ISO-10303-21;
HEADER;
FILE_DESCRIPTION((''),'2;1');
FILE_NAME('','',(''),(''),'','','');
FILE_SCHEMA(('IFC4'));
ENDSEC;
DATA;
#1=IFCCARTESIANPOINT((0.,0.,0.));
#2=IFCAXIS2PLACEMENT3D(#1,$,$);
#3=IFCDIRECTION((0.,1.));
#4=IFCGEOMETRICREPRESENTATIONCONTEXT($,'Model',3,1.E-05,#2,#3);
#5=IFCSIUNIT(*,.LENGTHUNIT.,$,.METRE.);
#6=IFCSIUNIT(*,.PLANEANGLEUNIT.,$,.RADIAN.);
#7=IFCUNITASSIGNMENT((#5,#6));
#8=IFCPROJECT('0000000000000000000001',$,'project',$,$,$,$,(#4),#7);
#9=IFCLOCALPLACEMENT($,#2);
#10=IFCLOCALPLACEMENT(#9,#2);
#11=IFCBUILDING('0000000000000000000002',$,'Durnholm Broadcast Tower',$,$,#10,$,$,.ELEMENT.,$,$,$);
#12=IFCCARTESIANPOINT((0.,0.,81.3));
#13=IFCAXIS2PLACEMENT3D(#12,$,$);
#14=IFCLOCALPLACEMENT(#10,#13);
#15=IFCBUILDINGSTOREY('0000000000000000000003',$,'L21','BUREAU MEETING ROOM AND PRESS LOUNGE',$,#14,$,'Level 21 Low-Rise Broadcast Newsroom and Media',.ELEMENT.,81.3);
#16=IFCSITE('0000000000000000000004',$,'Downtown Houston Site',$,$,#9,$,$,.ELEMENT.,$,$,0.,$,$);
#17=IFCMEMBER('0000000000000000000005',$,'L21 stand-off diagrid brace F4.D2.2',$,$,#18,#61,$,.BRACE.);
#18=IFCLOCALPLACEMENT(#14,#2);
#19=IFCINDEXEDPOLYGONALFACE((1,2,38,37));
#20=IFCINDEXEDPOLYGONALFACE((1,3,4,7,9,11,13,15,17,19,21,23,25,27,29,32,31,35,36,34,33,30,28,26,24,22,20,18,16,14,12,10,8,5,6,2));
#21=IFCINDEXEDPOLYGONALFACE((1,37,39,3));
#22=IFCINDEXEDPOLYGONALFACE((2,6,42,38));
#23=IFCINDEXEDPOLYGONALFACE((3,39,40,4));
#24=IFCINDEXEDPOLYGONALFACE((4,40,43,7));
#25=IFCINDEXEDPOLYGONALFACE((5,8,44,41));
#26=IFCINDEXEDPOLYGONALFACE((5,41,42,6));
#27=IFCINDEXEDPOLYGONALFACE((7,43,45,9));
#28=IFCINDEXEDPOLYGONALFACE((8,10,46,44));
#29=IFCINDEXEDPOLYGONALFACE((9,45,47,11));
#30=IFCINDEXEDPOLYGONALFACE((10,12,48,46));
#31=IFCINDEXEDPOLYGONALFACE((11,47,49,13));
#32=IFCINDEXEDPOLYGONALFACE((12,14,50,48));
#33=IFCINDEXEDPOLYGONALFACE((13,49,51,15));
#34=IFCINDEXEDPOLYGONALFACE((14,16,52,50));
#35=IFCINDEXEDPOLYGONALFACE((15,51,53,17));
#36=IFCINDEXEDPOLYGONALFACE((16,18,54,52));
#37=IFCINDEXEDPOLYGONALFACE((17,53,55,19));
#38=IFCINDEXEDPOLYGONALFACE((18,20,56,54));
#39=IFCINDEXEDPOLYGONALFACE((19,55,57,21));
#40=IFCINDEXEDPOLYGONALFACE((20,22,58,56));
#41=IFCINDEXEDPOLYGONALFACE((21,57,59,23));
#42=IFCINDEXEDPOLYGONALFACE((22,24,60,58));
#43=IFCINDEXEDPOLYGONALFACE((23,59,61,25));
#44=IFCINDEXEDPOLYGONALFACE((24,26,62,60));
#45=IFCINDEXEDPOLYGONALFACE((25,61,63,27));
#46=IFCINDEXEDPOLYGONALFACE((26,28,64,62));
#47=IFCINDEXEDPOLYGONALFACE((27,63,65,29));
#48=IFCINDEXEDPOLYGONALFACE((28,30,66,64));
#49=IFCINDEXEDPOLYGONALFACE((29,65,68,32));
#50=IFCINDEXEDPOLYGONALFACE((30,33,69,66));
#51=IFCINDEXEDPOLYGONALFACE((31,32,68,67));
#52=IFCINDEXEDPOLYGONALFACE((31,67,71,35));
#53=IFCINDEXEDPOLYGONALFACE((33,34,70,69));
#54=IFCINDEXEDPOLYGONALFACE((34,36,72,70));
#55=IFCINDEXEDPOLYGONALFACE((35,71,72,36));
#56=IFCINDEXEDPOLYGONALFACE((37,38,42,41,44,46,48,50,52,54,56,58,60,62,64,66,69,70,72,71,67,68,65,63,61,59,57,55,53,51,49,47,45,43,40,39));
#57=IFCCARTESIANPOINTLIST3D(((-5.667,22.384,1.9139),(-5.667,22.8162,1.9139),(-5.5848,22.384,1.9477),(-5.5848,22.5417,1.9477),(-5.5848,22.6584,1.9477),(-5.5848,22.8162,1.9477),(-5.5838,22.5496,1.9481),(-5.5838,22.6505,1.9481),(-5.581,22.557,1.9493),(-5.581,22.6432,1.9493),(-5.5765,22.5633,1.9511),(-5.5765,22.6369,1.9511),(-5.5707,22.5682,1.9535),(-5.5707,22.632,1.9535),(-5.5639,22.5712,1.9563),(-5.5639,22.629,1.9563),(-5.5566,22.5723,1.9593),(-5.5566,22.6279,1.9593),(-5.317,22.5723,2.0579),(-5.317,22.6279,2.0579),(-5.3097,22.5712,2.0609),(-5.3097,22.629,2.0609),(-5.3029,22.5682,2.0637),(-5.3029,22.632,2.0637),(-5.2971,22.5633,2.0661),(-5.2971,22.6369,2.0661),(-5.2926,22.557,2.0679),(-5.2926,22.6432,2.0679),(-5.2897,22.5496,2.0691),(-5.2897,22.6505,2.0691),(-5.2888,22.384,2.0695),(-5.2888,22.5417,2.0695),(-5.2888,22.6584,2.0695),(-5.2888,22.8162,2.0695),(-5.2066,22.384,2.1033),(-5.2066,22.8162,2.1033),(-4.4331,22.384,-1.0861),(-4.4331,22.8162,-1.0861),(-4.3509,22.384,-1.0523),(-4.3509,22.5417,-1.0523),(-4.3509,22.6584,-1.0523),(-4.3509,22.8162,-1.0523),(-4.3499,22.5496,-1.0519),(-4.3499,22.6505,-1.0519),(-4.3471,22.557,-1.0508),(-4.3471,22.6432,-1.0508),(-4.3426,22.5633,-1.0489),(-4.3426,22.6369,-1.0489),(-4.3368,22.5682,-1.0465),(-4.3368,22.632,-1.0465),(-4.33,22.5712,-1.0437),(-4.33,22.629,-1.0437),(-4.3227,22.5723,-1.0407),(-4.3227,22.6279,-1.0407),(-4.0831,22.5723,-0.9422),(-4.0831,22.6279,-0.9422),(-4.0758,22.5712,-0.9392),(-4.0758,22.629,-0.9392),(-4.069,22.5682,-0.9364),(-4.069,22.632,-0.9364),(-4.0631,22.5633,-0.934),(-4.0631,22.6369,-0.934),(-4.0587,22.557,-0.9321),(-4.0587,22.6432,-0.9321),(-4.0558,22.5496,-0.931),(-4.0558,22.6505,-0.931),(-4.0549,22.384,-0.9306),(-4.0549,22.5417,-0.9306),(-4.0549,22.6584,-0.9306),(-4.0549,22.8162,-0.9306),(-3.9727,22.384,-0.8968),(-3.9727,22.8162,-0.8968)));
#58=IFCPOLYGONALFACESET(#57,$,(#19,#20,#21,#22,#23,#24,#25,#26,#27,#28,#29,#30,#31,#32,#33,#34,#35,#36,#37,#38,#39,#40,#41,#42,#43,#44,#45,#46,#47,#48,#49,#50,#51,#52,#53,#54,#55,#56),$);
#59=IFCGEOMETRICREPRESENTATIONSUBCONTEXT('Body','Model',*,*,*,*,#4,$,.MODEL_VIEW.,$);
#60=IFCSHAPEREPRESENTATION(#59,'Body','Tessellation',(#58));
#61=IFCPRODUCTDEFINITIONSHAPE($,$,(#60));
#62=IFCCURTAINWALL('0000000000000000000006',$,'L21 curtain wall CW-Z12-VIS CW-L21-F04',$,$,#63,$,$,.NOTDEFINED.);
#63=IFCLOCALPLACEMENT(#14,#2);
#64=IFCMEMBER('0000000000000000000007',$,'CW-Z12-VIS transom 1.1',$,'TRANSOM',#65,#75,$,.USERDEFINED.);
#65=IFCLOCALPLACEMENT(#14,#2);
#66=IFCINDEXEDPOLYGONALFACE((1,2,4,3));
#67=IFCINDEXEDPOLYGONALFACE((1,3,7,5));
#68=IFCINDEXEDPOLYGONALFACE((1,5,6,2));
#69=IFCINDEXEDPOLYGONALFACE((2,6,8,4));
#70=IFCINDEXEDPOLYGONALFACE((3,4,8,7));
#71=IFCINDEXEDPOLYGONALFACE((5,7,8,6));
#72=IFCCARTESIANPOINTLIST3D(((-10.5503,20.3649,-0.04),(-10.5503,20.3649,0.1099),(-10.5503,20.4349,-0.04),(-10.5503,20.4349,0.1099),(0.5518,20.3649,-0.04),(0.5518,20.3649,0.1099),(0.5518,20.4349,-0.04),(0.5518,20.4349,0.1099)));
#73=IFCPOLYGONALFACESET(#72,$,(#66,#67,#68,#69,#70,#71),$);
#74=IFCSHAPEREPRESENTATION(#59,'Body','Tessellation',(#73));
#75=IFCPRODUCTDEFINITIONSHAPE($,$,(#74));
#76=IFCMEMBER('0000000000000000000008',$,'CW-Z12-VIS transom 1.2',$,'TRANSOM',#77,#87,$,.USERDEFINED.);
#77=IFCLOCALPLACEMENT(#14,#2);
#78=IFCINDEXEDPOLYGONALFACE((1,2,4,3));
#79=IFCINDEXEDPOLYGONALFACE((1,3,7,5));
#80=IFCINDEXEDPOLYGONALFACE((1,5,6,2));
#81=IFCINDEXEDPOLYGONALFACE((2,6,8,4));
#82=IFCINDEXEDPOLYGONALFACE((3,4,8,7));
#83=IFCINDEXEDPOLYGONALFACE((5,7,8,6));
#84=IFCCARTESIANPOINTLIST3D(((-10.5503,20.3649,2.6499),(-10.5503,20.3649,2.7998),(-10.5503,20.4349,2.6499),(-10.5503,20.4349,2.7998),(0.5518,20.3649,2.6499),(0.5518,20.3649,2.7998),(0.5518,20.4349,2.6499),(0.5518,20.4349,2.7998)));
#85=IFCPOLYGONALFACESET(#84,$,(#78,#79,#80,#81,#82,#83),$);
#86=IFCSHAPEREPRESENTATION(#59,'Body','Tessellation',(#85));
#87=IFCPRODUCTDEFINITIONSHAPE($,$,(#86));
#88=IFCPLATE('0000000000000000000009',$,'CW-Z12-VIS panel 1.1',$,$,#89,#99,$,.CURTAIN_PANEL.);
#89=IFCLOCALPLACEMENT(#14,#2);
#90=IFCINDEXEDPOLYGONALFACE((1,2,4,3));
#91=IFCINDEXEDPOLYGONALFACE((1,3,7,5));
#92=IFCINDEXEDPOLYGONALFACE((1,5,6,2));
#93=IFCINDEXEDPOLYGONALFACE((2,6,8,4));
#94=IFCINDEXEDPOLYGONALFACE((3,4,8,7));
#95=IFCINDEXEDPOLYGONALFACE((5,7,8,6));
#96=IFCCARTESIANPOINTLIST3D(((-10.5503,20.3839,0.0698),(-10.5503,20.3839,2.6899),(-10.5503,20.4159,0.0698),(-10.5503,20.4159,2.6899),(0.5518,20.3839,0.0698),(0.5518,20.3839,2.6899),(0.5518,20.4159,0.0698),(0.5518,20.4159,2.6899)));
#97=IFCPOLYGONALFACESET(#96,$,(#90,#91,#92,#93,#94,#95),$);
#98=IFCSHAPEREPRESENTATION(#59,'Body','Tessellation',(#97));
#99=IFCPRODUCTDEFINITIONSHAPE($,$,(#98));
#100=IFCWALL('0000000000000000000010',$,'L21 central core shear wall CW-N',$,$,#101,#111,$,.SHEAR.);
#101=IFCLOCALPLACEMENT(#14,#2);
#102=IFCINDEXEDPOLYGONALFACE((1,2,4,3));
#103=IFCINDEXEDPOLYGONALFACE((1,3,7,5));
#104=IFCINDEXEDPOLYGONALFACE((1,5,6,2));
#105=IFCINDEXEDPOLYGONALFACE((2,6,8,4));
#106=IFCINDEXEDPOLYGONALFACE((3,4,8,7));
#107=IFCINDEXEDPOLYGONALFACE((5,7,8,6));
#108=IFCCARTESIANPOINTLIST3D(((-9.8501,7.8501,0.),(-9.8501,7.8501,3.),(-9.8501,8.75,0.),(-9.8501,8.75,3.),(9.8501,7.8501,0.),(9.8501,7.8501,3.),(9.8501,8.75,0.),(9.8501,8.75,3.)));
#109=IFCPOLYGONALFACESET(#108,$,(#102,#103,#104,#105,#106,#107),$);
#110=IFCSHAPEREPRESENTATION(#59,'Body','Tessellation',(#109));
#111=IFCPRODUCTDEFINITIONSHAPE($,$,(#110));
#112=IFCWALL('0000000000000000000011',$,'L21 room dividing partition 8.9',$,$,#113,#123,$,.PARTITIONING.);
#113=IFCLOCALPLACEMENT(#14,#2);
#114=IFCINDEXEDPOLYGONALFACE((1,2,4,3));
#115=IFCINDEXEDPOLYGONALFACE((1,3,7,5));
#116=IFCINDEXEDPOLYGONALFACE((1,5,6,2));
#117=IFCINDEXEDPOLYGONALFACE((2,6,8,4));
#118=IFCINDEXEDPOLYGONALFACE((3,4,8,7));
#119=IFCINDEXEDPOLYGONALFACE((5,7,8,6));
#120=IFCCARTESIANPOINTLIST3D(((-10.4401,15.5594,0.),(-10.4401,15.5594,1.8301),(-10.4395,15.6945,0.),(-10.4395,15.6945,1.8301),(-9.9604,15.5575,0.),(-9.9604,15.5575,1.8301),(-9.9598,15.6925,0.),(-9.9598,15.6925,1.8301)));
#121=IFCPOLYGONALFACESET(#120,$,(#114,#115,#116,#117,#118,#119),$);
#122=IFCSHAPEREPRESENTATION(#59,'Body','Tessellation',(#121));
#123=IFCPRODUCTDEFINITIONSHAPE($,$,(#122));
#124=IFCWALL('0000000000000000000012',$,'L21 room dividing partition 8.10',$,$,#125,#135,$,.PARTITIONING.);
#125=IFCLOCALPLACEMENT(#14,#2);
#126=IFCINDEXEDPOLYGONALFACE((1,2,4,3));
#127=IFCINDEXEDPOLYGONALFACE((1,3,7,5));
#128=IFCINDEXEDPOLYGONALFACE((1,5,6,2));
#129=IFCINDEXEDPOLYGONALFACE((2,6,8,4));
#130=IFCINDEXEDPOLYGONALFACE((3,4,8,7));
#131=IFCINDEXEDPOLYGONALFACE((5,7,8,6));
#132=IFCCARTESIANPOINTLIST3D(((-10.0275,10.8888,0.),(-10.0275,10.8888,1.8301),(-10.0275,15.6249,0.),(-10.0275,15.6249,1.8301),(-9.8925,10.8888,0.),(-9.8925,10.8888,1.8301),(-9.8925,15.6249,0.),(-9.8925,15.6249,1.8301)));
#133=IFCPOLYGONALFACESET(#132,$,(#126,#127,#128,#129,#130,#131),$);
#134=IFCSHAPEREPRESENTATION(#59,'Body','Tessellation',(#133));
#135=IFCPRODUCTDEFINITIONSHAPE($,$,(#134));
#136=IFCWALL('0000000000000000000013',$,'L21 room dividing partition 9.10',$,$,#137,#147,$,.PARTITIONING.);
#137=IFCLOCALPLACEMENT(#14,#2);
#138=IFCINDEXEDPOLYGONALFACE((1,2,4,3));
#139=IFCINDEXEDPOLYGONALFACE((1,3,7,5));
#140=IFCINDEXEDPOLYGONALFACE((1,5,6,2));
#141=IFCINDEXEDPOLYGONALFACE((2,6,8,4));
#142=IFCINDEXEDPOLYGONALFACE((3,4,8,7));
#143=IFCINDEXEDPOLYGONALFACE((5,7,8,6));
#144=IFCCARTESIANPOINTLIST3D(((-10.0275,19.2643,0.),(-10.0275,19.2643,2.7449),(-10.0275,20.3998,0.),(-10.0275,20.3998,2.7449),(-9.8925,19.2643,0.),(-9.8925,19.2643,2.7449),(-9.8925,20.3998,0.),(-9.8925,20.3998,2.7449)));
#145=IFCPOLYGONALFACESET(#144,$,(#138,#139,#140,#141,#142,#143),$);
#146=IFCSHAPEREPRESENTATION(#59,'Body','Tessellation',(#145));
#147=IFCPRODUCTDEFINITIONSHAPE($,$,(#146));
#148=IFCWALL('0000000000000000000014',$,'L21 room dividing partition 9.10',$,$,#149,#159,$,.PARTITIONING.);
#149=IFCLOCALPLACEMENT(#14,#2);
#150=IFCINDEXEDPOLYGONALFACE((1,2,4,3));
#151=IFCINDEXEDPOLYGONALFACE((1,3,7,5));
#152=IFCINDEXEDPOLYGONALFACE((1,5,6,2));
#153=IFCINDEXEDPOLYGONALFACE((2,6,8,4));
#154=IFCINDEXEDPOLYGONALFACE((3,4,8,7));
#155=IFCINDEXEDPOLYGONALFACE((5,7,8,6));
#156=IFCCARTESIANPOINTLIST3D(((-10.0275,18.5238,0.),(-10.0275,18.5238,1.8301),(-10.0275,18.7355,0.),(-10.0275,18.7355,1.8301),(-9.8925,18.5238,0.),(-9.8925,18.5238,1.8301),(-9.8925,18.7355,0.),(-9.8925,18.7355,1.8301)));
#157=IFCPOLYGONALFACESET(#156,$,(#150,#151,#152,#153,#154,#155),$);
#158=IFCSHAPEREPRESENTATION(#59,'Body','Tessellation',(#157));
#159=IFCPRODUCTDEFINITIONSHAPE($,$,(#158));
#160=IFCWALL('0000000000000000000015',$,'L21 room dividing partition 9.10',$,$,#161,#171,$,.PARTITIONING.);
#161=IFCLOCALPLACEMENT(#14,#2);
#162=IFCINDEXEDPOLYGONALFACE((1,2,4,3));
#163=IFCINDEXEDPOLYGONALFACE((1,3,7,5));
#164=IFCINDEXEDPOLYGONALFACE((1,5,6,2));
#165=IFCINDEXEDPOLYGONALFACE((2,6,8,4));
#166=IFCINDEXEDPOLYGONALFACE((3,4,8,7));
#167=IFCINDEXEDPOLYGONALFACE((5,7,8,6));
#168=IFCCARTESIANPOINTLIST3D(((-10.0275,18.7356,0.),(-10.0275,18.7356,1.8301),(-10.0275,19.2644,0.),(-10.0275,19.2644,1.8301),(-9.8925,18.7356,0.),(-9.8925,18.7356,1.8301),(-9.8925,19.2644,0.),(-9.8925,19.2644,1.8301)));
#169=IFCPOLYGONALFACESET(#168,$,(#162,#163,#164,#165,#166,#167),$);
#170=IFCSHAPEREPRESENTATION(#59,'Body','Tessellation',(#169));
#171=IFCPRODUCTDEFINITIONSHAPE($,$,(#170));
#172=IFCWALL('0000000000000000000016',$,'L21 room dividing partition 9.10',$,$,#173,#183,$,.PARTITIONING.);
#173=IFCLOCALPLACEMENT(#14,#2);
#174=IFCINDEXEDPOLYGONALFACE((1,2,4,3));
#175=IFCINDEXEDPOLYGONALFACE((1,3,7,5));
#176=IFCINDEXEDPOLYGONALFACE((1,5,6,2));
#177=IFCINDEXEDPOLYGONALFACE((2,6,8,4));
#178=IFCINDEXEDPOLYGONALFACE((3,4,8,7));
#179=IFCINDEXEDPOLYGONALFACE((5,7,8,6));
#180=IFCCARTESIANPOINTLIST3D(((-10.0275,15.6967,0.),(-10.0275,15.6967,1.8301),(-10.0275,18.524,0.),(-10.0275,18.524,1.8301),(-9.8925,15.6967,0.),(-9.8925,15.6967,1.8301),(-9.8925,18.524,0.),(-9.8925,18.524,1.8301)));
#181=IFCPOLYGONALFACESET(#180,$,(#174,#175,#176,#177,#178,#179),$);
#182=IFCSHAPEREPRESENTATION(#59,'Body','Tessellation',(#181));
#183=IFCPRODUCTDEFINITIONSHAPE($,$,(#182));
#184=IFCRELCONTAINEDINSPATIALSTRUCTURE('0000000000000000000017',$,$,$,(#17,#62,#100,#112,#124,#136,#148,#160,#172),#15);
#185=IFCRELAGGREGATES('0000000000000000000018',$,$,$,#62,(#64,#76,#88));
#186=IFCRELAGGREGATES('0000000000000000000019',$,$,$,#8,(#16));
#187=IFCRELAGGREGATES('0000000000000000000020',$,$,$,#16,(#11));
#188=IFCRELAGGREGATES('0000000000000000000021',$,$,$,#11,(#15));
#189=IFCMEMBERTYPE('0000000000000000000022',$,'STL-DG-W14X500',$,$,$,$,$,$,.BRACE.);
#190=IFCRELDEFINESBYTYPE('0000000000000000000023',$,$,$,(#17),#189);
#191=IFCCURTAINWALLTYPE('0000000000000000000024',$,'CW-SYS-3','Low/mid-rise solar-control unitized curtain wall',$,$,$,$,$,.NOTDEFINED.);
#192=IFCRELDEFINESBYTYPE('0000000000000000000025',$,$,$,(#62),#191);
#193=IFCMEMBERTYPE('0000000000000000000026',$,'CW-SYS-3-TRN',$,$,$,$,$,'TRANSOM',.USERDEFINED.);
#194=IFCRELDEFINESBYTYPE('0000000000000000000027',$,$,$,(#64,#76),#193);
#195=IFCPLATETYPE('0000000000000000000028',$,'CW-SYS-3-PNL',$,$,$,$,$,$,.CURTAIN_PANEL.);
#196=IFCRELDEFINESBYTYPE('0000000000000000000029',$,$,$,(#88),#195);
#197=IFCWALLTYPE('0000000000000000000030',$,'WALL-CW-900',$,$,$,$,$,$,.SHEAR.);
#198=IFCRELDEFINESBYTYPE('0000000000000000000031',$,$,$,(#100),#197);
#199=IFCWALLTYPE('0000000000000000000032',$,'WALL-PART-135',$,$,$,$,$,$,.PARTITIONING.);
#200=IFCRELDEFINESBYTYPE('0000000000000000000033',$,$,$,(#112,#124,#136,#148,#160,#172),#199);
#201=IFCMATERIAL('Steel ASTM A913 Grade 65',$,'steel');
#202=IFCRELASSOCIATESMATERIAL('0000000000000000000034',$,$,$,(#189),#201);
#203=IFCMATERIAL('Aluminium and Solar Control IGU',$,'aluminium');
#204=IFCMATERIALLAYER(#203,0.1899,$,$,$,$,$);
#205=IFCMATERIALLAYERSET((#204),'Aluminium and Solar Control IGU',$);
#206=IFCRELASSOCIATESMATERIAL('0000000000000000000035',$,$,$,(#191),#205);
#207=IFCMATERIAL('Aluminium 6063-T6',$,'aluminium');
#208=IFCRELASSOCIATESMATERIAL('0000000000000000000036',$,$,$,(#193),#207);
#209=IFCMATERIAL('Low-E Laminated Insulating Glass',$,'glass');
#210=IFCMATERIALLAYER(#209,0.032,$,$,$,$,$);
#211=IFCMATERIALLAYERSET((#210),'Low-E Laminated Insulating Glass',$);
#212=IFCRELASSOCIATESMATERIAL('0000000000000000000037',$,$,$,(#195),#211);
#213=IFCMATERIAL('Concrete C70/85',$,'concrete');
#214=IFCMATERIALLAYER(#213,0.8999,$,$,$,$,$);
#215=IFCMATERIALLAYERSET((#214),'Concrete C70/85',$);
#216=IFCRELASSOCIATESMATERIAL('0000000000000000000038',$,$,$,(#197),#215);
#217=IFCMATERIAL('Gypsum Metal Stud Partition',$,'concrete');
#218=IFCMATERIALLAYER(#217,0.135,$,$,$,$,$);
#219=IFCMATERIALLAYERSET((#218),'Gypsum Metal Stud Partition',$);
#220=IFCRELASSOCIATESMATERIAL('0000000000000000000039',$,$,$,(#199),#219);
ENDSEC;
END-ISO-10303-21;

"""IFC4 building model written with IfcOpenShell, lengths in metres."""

from ifc_helpers import new_model, si_unit, direction, frame, frame_2d, origin, origin_2d, place, context, subcontext, project, spatial, rectangle, i_section, extrude, source, transform, mapped, material, layer, layer_set, material_profile, profile_set, type_object, type_shapes, element, aggregate, save


model = new_model("IFC4")

# Units and contexts
model_context = context("Model", 3, precision=1e-05, world=origin(), true_north=direction((0.0, 1.0)))
body_context = subcontext(model_context, "Body", "Model", "MODEL_VIEW")
ifc_project = project(units=[si_unit("LENGTHUNIT", "METRE"), si_unit("PLANEANGLEUNIT", "RADIAN")], contexts=[model_context])

# Site, building, storey
site_placement = place(None, origin())
site = spatial("IfcSite", under=ifc_project, at=site_placement, Name="Downtown Houston Site", CompositionType="ELEMENT", RefElevation=0.0)
building_placement = place(site_placement, origin())
building = spatial("IfcBuilding", under=site, at=building_placement, Name="Durnholm Broadcast Tower", CompositionType="ELEMENT")
storey_placement = place(building_placement, frame((0.0, 0.0, 81.3)))
storey = spatial("IfcBuildingStorey", under=building, at=storey_placement, Name="L21", Description="BUREAU MEETING ROOM AND PRESS LOUNGE", LongName="Level 21 Low-Rise Broadcast Newsroom and Media", CompositionType="ELEMENT", Elevation=81.3)

# Shared definitions
ifc_material_1 = material(Name="Concrete C70/85", Category="concrete")

# Member
ifc_material_2 = material(Name="Steel ASTM A913 Grade 65", Category="steel")
ifc_material_profile_1 = material_profile(ifc_material_2, i_section(OverallWidth=0.4321, OverallDepth=0.4978, WebThickness=0.0557, FlangeThickness=0.0889, FilletRadius=0.0305, at=origin_2d()), Name="W14X500")
ifc_profile_set_1 = profile_set([ifc_material_profile_1], Name="Steel ASTM A913 Grade 65")
member_type_1 = type_object("IfcMemberType", Name="STL-DG-W14X500", PredefinedType="BRACE", material=ifc_profile_set_1)
shared_shape_1 = source(origin(), body_context, "Body", "SweptSolid", [
    extrude(i_section(OverallWidth=0.4321, OverallDepth=0.4978, WebThickness=0.0557, FlangeThickness=0.0889, FilletRadius=0.0305, at=origin_2d()), origin(), (0.0, 0.0, 1.0), 3.2439),
])
type_shapes(member_type_1, [shared_shape_1])
for number, where, z_axis, x_axis, name in (
    (1, (-4.2029, 22.6001, -0.9915), (-0.380379, 0.0, 0.924831), (0.0, -1.0, 0.0), "L21 stand-off diagrid brace F4.D2.2"),
):
    element("IfcMember", number, at=place(storey_placement, frame(where, z_axis=z_axis, x_axis=x_axis)), inside=storey, type_object=member_type_1, Name=name, PredefinedType="BRACE", context=body_context, shape_type="MappedRepresentation", body=[
        mapped(shared_shape_1, transform((0.0, 0.0, 0.0), x_axis=(1.0, 0.0, 0.0), y_axis=(0.0, 1.0, 0.0), z_axis=(0.0, 0.0, 1.0), scale=1.0)),
    ])

# Curtain wall, members, plate
ifc_material_3 = material(Name="Aluminium and Solar Control IGU", Category="aluminium")
ifc_layer_1 = layer(ifc_material_3, 0.1899)
ifc_layer_set_1 = layer_set([ifc_layer_1], Name="Aluminium and Solar Control IGU")
curtain_wall_type = type_object("IfcCurtainWallType", Name="CW-SYS-3", Description="Low/mid-rise solar-control unitized curtain wall", PredefinedType="NOTDEFINED", material=ifc_layer_set_1)
curtain_wall_placement = place(storey_placement, origin())
curtain_wall = element("IfcCurtainWall", 2, at=curtain_wall_placement, inside=storey, type_object=curtain_wall_type, Name="L21 curtain wall CW-Z12-VIS CW-L21-F04", PredefinedType="NOTDEFINED")
ifc_material_4 = material(Name="Aluminium 6063-T6", Category="aluminium")
ifc_material_profile_2 = material_profile(ifc_material_4, rectangle(XDim=0.0701, YDim=0.1499, at=origin_2d()), Name="CWT70X150")
ifc_profile_set_2 = profile_set([ifc_material_profile_2], Name="Aluminium 6063-T6")
member_type_2 = type_object("IfcMemberType", Name="CW-SYS-3-TRN", ElementType="TRANSOM", PredefinedType="USERDEFINED", material=ifc_profile_set_2)
shared_shape_2 = source(origin(), body_context, "Body", "SweptSolid", [
    extrude(rectangle(XDim=0.0701, YDim=0.1499, at=origin_2d()), origin(), (0.0, 0.0, 1.0), 11.1021),
])
type_shapes(member_type_2, [shared_shape_2])
member_1_placement = place(storey_placement, frame((-10.5503, 20.3999, 0.0349), z_axis=(1.0, 0.0, 0.0), x_axis=(0.0, 1.0, 0.0)))
member_1 = element("IfcMember", 3, at=member_1_placement, type_object=member_type_2, Name="CW-Z12-VIS transom 1.1", ObjectType="TRANSOM", PredefinedType="USERDEFINED", context=body_context, shape_type="MappedRepresentation", body=[
    mapped(shared_shape_2, transform((0.0, 0.0, 0.0), x_axis=(1.0, 0.0, 0.0), y_axis=(0.0, 1.0, 0.0), z_axis=(0.0, 0.0, 1.0), scale=1.0)),
])
member_2_placement = place(storey_placement, frame((-10.5503, 20.3999, 2.7249), z_axis=(1.0, 0.0, 0.0), x_axis=(0.0, 1.0, 0.0)))
member_2 = element("IfcMember", 4, at=member_2_placement, type_object=member_type_2, Name="CW-Z12-VIS transom 1.2", ObjectType="TRANSOM", PredefinedType="USERDEFINED", context=body_context, shape_type="MappedRepresentation", body=[
    mapped(shared_shape_2, transform((0.0, 0.0, 0.0), x_axis=(1.0, 0.0, 0.0), y_axis=(0.0, 1.0, 0.0), z_axis=(0.0, 0.0, 1.0), scale=1.0)),
])
ifc_material_5 = material(Name="Low-E Laminated Insulating Glass", Category="glass")
ifc_layer_2 = layer(ifc_material_5, 0.032)
ifc_layer_set_2 = layer_set([ifc_layer_2], Name="Low-E Laminated Insulating Glass")
plate_type = type_object("IfcPlateType", Name="CW-SYS-3-PNL", PredefinedType="CURTAIN_PANEL", material=ifc_layer_set_2)
shared_shape_3 = source(origin(), body_context, "Body", "SweptSolid", [
    extrude(rectangle(XDim=11.1021, YDim=0.032, at=origin_2d()), origin(), (0.0, 0.0, 1.0), 2.6201),
])
type_shapes(plate_type, [shared_shape_3])
plate_placement = place(storey_placement, frame((-4.9993, 20.3999, 0.0698), z_axis=(0.0, 0.0, 1.0), x_axis=(1.0, 0.0, 0.0)))
plate = element("IfcPlate", 5, at=plate_placement, type_object=plate_type, Name="CW-Z12-VIS panel 1.1", PredefinedType="CURTAIN_PANEL", context=body_context, shape_type="MappedRepresentation", body=[
    mapped(shared_shape_3, transform((0.0, 0.0, 0.0), x_axis=(1.0, 0.0, 0.0), y_axis=(0.0, 1.0, 0.0), z_axis=(0.0, 0.0, 1.0), scale=1.0)),
])
aggregate(curtain_wall, [member_1, member_2, plate])

# Walls
ifc_layer_3 = layer(ifc_material_1, 0.8999)
ifc_layer_set_3 = layer_set([ifc_layer_3], Name="Concrete C70/85")
wall_type_1 = type_object("IfcWallType", Name="WALL-CW-900", PredefinedType="SHEAR", material=ifc_layer_set_3)
wall_1_placement = place(storey_placement, frame((-9.8501, 8.3, 0.0), z_axis=(0.0, 0.0, 1.0), x_axis=(1.0, 0.0, 0.0)))
element("IfcWall", 6, at=wall_1_placement, inside=storey, type_object=wall_type_1, Name="L21 central core shear wall CW-N", PredefinedType="SHEAR", context=body_context, shape_type="SweptSolid", body=[
    extrude(rectangle(XDim=19.7002, YDim=0.8999, at=frame_2d((9.8501, 0.0))), origin(), (0.0, 0.0, 1.0), 3.0),
])
ifc_material_6 = material(Name="Gypsum Metal Stud Partition", Category="concrete")
ifc_layer_4 = layer(ifc_material_6, 0.135)
ifc_layer_set_4 = layer_set([ifc_layer_4], Name="Gypsum Metal Stud Partition")
wall_type_2 = type_object("IfcWallType", Name="WALL-PART-135", PredefinedType="PARTITIONING", material=ifc_layer_set_4)
wall_2_placement = place(storey_placement, frame((-10.4397, 15.627, 0.0), z_axis=(0.0, 0.0, 1.0), x_axis=(0.999992, -0.004071, 0.0)))
element("IfcWall", 7, at=wall_2_placement, inside=storey, type_object=wall_type_2, Name="L21 room dividing partition 8.9", PredefinedType="PARTITIONING", context=body_context, shape_type="SweptSolid", body=[
    extrude(rectangle(XDim=0.4797, YDim=0.135, at=frame_2d((0.2397, 0.0))), origin(), (0.0, 0.0, 1.0), 1.8301),
])
wall_3_placement = place(storey_placement, frame((-9.96, 15.625, 0.0), z_axis=(0.0, 0.0, 1.0), x_axis=(0.0, -1.0, 0.0)))
element("IfcWall", 8, at=wall_3_placement, inside=storey, type_object=wall_type_2, Name="L21 room dividing partition 8.10", PredefinedType="PARTITIONING", context=body_context, shape_type="SweptSolid", body=[
    extrude(rectangle(XDim=4.7361, YDim=0.135, at=frame_2d((2.3682, 0.0))), origin(), (0.0, 0.0, 1.0), 1.8301),
])
wall_4_placement = place(storey_placement, frame((-9.96, 20.3999, 0.0), z_axis=(0.0, 0.0, 1.0), x_axis=(0.0, -1.0, 0.0)))
element("IfcWall", 9, at=wall_4_placement, inside=storey, type_object=wall_type_2, Name="L21 room dividing partition 9.10", PredefinedType="PARTITIONING", context=body_context, shape_type="SweptSolid", body=[
    extrude(rectangle(XDim=1.1355, YDim=0.135, at=frame_2d((0.5679, 0.0))), origin(), (0.0, 0.0, 1.0), 2.7449),
])
wall_5_placement = place(storey_placement, frame((-9.96, 18.7356, 0.0), z_axis=(0.0, 0.0, 1.0), x_axis=(0.0, -1.0, 0.0)))
element("IfcWall", 10, at=wall_5_placement, inside=storey, type_object=wall_type_2, Name="L21 room dividing partition 9.10", PredefinedType="PARTITIONING", context=body_context, shape_type="SweptSolid", body=[
    extrude(rectangle(XDim=0.2117, YDim=0.135, at=frame_2d((0.106, 0.0))), origin(), (0.0, 0.0, 1.0), 1.8301),
])
wall_6_placement = place(storey_placement, frame((-9.96, 19.2644, 0.0), z_axis=(0.0, 0.0, 1.0), x_axis=(0.0, -1.0, 0.0)))
element("IfcWall", 11, at=wall_6_placement, inside=storey, type_object=wall_type_2, Name="L21 room dividing partition 9.10", PredefinedType="PARTITIONING", context=body_context, shape_type="SweptSolid", body=[
    extrude(rectangle(XDim=0.5288, YDim=0.135, at=frame_2d((0.2644, 0.0))), origin(), (0.0, 0.0, 1.0), 1.8301),
])
wall_7_placement = place(storey_placement, frame((-9.96, 18.5239, 0.0), z_axis=(0.0, 0.0, 1.0), x_axis=(0.0, -1.0, 0.0)))
element("IfcWall", 12, at=wall_7_placement, inside=storey, type_object=wall_type_2, Name="L21 room dividing partition 9.10", PredefinedType="PARTITIONING", context=body_context, shape_type="SweptSolid", body=[
    extrude(rectangle(XDim=2.8274, YDim=0.135, at=frame_2d((1.4136, 0.0))), origin(), (0.0, 0.0, 1.0), 1.8301),
])

save(model, "model.ifc")
